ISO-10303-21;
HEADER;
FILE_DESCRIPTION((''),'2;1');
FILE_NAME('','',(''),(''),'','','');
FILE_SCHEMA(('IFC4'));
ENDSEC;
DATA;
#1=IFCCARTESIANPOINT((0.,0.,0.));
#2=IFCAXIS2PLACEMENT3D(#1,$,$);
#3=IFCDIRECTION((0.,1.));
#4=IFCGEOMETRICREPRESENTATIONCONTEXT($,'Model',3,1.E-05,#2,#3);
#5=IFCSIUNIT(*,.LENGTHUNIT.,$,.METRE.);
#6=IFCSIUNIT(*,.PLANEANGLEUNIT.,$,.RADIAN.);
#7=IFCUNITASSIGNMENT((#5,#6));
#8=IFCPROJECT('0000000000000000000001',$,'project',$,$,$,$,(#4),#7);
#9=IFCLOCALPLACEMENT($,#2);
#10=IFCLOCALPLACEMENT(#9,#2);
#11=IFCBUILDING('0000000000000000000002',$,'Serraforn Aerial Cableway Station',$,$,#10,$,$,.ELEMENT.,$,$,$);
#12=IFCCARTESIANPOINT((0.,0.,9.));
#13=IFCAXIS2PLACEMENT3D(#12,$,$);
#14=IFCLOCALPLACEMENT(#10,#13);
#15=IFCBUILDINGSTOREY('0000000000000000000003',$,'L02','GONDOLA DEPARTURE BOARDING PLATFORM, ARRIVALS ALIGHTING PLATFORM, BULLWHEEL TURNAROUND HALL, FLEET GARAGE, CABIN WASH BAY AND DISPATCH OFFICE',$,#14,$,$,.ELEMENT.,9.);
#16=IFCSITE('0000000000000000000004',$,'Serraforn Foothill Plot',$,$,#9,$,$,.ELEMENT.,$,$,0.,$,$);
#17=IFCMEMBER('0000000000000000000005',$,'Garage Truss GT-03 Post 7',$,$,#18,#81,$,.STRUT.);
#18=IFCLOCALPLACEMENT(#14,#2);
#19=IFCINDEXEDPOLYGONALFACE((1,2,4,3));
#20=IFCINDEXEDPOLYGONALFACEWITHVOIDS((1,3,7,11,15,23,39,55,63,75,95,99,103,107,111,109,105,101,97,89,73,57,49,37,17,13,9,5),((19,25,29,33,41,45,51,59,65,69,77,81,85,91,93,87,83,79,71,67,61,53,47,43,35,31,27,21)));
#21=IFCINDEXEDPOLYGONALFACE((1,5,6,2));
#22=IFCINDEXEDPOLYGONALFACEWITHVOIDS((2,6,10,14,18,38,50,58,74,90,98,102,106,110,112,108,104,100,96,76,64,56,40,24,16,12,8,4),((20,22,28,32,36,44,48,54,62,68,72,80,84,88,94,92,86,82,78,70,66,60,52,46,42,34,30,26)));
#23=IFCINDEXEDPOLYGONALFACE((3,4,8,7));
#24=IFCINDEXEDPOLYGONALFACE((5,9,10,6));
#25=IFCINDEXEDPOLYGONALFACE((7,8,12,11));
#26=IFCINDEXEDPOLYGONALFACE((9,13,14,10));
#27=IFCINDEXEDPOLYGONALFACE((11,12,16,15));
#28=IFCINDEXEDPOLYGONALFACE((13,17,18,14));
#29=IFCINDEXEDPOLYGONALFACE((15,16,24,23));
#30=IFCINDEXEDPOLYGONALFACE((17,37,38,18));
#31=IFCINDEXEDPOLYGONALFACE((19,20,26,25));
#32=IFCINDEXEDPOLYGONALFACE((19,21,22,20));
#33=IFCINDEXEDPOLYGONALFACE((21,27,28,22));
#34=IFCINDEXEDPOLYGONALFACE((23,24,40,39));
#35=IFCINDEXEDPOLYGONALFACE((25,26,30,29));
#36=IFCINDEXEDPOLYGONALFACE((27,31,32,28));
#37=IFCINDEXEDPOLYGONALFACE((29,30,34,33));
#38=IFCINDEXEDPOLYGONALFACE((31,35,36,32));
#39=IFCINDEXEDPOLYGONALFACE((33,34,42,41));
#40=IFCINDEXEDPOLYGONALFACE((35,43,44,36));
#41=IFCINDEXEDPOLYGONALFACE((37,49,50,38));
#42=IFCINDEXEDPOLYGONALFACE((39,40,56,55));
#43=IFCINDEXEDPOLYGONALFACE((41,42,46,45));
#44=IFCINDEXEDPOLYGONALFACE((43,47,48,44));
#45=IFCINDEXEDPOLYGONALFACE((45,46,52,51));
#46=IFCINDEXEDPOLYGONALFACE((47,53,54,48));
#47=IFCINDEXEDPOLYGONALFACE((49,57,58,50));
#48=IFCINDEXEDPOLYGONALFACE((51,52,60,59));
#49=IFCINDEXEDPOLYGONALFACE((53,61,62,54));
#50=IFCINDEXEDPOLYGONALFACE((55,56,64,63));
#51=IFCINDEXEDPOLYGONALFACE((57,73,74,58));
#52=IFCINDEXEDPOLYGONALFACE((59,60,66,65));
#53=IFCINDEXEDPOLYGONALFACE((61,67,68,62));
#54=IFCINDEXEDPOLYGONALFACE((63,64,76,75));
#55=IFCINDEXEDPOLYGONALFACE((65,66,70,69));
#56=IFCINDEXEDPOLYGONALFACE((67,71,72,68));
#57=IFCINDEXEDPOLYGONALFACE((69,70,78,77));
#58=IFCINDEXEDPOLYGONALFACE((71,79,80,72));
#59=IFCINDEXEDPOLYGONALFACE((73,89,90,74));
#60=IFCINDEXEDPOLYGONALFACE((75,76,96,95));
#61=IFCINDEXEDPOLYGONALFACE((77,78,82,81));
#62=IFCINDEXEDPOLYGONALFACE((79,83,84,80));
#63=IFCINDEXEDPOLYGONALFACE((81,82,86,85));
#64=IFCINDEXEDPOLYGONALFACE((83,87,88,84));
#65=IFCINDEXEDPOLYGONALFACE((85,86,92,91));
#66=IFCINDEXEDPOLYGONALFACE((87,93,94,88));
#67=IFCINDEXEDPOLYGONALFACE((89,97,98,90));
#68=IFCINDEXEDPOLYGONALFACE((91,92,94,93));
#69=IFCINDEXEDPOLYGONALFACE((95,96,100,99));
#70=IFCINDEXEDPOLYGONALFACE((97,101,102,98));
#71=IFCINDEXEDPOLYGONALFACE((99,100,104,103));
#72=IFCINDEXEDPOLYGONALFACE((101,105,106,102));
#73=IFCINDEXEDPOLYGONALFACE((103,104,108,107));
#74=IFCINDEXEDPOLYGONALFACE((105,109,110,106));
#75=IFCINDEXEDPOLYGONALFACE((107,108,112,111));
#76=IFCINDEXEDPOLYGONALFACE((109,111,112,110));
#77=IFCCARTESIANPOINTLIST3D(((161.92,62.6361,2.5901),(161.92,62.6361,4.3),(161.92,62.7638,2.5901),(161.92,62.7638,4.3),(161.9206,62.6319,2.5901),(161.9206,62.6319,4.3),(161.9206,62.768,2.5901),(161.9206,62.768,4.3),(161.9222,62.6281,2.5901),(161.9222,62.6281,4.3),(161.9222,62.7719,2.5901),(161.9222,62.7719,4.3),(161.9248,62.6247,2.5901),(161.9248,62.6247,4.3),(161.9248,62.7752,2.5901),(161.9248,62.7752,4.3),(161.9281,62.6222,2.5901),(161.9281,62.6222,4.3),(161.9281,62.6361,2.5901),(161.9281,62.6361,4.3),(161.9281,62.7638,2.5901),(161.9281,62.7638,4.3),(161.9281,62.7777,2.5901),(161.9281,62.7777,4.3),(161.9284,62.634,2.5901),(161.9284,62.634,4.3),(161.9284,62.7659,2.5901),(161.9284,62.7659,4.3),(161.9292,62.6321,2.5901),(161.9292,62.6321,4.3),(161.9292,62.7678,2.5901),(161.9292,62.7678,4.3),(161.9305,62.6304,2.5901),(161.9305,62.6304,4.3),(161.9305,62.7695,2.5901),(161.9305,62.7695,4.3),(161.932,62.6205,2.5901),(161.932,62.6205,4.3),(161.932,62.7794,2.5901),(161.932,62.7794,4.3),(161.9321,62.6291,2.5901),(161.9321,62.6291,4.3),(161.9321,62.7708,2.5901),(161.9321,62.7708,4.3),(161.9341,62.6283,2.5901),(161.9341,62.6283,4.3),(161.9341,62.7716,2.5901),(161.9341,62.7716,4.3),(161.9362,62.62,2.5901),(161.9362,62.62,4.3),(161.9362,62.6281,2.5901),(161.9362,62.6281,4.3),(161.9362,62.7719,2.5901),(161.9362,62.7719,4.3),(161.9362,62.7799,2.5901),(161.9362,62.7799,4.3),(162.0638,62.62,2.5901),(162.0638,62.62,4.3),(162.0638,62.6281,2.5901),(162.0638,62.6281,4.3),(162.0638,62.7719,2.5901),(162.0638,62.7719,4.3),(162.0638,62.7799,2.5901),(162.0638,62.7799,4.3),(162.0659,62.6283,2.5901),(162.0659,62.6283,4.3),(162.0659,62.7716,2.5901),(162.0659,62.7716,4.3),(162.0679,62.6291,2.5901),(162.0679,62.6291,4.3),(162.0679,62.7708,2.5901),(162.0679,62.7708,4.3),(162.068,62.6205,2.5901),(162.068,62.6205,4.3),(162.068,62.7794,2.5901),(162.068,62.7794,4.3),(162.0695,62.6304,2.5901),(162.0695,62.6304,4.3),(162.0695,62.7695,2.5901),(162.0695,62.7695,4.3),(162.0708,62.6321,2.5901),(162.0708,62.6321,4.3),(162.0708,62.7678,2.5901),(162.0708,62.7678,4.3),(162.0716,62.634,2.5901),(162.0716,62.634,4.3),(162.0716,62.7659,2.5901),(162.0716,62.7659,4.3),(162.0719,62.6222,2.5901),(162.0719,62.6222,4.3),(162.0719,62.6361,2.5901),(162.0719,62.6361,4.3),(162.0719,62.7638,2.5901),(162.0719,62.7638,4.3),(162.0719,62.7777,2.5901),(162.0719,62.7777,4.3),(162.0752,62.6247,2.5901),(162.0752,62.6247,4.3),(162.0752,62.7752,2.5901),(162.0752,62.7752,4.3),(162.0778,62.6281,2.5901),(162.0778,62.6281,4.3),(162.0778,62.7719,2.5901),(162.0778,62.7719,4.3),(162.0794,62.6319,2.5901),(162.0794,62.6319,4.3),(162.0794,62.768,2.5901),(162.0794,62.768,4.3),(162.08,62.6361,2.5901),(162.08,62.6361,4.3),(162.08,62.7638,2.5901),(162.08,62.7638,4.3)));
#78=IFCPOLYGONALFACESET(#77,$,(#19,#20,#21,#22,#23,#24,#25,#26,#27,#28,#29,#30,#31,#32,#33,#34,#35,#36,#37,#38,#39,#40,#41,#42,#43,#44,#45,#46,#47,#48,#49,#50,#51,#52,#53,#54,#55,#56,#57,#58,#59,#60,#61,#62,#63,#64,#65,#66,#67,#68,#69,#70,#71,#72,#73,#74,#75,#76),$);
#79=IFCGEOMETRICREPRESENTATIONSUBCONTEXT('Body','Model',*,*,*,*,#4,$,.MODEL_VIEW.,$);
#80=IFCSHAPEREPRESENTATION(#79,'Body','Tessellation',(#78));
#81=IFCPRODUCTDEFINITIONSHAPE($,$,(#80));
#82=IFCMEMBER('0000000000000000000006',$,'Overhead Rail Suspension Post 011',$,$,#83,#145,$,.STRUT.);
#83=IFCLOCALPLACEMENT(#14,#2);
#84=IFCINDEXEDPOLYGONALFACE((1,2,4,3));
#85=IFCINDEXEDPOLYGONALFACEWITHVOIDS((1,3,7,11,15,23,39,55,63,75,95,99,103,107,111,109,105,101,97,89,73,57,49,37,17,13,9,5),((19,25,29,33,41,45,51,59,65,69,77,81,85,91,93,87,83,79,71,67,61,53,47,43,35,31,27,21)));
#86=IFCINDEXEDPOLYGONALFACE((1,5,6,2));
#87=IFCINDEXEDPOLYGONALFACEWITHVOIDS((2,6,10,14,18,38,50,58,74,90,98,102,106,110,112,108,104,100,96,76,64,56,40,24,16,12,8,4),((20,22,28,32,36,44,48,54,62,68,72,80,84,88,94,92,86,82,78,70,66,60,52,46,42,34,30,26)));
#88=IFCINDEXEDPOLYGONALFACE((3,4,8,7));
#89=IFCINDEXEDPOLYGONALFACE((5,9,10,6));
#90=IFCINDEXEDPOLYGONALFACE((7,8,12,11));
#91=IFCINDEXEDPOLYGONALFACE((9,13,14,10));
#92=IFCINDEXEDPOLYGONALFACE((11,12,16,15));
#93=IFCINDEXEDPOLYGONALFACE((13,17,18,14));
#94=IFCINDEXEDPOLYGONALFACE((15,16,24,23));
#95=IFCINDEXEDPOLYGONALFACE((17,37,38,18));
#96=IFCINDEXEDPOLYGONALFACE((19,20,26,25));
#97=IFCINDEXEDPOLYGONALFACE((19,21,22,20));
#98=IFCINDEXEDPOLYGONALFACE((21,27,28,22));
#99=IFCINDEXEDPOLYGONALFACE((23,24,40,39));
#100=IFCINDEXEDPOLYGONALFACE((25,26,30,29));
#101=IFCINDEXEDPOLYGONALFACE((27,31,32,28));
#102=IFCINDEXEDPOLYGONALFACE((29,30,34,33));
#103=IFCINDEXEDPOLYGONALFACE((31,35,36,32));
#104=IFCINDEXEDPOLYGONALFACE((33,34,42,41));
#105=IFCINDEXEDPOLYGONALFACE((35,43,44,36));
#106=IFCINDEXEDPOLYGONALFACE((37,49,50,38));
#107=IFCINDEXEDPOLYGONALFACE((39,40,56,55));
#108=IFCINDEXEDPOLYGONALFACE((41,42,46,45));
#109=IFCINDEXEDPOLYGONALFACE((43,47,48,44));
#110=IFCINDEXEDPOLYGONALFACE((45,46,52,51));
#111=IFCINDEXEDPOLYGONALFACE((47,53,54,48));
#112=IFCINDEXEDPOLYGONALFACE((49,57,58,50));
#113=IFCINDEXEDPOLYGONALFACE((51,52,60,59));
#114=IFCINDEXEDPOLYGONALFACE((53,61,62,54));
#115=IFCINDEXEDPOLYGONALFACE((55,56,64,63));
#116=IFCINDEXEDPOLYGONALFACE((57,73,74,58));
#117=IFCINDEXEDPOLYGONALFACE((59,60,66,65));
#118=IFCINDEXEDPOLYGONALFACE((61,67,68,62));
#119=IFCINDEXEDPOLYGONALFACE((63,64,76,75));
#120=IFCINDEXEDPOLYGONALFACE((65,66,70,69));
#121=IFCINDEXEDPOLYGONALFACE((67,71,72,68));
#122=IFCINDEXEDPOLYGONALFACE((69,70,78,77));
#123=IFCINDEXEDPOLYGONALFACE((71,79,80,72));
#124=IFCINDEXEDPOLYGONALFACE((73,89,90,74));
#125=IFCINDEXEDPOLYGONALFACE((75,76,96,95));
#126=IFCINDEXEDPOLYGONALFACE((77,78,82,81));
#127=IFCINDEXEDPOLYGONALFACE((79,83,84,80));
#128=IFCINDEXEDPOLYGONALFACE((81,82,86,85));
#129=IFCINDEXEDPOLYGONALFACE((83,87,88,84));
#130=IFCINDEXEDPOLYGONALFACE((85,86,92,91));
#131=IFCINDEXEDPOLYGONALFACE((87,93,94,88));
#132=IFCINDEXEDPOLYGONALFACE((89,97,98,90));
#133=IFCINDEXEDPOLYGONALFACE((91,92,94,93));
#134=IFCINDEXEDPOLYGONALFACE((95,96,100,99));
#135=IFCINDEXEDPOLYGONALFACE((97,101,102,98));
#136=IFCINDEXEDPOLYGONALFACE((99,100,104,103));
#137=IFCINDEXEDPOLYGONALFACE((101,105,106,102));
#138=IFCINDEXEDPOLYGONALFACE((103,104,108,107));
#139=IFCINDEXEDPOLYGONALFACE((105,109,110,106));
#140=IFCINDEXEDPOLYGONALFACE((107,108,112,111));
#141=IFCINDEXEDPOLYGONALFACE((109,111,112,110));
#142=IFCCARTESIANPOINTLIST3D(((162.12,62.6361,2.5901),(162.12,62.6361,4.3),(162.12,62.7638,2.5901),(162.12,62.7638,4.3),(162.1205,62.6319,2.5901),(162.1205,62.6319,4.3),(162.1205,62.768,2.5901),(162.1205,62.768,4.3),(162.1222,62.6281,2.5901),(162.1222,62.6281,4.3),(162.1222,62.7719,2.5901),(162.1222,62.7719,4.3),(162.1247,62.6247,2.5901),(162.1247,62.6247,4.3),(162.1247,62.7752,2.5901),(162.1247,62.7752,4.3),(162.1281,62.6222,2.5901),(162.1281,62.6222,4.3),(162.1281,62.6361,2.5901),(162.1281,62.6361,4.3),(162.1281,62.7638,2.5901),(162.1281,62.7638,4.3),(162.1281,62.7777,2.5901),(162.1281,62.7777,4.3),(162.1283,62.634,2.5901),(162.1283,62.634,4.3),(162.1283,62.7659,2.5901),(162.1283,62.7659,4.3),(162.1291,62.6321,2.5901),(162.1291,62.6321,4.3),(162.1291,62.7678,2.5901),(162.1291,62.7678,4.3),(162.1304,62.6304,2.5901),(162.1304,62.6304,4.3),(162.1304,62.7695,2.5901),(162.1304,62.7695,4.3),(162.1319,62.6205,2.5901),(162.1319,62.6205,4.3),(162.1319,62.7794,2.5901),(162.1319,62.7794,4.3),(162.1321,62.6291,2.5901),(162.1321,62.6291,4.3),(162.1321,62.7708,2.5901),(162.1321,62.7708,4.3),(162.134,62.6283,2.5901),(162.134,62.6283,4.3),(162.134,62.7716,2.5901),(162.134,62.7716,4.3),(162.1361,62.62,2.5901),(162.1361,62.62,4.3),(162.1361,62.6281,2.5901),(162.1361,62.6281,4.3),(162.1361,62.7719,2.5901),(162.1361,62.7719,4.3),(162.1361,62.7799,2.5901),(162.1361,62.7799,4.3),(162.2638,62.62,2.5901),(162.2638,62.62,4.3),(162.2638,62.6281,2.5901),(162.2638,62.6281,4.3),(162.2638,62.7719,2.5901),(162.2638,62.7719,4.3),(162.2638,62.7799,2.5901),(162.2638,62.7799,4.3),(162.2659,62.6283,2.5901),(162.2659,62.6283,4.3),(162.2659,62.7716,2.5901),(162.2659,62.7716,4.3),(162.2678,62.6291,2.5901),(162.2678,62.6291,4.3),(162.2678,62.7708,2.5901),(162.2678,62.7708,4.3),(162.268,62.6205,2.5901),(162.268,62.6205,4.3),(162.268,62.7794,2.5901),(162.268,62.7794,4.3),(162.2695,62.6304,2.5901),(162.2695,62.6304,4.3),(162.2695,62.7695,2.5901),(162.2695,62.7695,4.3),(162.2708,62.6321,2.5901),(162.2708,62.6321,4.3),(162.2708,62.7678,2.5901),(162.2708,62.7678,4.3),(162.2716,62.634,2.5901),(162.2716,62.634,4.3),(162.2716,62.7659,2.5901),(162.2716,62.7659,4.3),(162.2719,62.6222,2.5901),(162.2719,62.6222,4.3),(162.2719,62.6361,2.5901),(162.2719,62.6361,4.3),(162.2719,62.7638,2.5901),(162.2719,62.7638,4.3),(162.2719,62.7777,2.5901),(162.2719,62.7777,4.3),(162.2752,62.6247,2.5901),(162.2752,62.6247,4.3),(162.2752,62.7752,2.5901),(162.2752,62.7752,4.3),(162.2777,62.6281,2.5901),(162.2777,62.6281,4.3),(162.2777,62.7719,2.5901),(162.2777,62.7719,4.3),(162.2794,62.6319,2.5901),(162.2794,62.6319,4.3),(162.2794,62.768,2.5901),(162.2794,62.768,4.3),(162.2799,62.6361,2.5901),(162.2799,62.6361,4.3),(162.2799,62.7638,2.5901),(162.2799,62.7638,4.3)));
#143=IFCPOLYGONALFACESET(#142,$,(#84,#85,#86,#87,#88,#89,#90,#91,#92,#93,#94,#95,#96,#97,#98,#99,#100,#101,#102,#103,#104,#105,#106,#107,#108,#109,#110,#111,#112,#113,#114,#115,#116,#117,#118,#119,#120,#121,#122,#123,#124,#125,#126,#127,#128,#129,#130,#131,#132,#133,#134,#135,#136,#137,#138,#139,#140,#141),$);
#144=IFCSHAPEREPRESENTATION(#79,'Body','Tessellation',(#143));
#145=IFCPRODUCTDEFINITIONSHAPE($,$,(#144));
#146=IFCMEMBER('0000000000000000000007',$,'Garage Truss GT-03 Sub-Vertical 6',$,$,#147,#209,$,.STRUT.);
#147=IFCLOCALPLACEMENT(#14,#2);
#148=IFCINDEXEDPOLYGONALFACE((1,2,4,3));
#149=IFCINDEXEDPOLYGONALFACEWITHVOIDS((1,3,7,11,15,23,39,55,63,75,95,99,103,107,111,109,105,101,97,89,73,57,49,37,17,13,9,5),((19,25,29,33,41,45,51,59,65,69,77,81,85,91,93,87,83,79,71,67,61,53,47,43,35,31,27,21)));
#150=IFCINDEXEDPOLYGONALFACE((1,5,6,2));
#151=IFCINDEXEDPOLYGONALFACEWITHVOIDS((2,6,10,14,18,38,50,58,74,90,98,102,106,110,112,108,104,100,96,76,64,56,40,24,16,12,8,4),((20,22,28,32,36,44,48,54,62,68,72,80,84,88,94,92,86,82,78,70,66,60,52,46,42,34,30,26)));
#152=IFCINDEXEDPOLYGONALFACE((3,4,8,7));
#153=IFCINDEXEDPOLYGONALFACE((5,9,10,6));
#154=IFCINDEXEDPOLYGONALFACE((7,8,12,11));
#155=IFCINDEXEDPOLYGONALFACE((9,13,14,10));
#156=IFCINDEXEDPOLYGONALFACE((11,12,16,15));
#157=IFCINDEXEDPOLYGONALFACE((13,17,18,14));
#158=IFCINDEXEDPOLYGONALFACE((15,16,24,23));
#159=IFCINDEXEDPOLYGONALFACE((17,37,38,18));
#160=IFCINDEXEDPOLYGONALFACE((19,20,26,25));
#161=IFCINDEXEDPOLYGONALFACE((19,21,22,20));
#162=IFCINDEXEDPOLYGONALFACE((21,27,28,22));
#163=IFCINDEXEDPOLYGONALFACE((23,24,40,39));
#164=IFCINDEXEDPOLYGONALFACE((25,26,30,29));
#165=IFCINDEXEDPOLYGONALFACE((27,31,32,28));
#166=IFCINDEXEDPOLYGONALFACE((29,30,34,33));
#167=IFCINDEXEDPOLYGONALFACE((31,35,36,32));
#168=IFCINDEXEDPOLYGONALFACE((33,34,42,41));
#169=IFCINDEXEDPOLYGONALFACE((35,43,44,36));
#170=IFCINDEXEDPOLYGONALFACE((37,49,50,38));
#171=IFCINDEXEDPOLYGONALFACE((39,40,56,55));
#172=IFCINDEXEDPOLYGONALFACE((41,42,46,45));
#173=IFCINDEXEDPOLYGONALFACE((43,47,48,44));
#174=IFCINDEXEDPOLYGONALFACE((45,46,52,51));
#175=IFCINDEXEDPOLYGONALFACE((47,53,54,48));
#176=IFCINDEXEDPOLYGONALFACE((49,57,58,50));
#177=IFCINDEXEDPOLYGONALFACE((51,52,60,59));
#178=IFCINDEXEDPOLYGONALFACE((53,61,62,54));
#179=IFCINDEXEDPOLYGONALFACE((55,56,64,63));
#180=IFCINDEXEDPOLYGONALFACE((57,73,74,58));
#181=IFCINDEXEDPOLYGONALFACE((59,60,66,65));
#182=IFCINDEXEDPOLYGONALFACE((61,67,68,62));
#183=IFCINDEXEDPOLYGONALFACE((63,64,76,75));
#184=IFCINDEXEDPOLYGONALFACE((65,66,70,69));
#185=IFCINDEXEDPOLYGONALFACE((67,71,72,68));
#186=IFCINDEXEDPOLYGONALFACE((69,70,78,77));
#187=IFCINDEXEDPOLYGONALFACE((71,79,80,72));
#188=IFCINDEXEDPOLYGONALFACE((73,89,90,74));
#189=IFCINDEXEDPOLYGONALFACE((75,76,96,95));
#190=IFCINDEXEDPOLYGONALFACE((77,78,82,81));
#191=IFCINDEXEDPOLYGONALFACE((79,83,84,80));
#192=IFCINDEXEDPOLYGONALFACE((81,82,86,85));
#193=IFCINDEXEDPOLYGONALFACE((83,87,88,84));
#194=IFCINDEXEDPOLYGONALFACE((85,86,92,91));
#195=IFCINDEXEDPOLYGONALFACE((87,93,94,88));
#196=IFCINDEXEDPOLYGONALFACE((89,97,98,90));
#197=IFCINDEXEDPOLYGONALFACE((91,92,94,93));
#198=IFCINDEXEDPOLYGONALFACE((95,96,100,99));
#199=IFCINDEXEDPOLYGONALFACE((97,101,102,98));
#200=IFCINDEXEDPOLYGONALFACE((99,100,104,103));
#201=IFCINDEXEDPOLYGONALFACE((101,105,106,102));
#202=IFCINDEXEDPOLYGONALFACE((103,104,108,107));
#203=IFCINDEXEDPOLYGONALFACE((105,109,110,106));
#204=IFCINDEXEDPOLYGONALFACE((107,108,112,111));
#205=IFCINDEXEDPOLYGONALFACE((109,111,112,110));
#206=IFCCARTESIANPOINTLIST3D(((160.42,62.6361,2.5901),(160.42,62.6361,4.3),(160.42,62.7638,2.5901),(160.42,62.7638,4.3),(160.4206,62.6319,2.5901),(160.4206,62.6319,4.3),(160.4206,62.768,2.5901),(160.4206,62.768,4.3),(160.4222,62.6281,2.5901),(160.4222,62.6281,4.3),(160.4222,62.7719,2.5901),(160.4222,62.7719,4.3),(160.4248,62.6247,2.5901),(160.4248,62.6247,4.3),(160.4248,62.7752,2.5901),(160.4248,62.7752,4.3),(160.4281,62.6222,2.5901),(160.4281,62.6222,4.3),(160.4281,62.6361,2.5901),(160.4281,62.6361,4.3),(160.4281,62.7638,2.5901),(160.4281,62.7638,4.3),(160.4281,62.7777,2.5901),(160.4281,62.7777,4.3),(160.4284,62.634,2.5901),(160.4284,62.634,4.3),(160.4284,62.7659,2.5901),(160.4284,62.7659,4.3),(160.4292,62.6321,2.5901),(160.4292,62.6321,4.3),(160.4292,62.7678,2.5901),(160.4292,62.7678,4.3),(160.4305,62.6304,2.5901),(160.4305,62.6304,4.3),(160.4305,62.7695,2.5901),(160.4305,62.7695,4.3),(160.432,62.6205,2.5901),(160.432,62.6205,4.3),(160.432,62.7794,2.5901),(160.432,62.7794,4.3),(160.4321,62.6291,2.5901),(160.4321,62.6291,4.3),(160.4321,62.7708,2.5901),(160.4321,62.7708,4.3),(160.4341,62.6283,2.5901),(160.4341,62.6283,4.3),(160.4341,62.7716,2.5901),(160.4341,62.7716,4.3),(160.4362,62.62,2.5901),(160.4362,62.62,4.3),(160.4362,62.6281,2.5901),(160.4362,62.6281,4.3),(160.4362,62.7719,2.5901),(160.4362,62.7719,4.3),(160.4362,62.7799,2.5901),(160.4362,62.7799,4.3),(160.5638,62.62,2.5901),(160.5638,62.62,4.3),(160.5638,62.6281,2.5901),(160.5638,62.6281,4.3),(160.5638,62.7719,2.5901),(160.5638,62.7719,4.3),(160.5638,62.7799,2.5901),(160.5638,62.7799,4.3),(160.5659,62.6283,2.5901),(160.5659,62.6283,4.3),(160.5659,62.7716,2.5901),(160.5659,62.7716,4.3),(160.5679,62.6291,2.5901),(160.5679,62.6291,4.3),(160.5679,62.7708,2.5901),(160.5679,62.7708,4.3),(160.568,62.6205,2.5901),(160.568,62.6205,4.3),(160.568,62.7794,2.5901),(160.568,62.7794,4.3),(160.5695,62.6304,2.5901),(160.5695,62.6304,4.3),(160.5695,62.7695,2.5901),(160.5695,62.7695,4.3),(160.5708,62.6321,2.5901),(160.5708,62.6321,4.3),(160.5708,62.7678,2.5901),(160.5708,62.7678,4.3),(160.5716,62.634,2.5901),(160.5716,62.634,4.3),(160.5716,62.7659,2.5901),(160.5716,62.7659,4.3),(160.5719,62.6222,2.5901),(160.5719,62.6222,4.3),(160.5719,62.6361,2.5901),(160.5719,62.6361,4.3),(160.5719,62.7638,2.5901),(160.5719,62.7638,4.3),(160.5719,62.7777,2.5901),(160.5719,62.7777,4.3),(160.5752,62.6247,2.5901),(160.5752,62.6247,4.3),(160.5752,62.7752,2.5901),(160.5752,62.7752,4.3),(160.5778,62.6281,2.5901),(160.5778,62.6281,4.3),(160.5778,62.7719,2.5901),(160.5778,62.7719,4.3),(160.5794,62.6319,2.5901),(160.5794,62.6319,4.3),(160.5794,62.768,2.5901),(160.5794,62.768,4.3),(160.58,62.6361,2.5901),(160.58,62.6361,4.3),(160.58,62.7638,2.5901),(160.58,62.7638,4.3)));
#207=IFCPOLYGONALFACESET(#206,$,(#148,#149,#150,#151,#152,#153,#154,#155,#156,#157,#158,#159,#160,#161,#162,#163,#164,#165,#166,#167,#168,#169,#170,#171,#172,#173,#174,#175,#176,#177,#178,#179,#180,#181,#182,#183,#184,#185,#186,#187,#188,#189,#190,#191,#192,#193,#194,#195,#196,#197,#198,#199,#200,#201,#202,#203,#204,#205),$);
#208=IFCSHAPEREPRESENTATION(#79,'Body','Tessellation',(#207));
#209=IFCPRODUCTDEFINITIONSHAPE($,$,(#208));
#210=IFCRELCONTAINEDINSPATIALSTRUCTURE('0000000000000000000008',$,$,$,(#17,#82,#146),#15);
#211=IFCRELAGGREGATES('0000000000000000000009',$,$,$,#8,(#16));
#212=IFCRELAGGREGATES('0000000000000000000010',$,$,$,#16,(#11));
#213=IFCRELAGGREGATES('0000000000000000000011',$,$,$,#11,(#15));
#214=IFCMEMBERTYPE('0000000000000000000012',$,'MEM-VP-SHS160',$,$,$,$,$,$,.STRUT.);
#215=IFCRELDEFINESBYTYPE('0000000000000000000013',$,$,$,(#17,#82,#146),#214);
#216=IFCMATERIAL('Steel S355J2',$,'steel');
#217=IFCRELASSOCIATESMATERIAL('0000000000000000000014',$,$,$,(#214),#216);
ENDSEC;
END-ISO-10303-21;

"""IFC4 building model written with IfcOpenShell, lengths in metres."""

from ifc_helpers import new_model, si_unit, direction, frame, origin, origin_2d, place, context, subcontext, project, spatial, hollow_rectangle, extrude, material, material_profile, profile_set, type_object, element, save


model = new_model("IFC4")

# Units and contexts
model_context = context("Model", 3, precision=1e-05, world=origin(), true_north=direction((0.0, 1.0)))
body_context = subcontext(model_context, "Body", "Model", "MODEL_VIEW")
ifc_project = project(units=[si_unit("LENGTHUNIT", "METRE"), si_unit("PLANEANGLEUNIT", "RADIAN")], contexts=[model_context])

# Site, building, storey
site_placement = place(None, origin())
site = spatial("IfcSite", under=ifc_project, at=site_placement, Name="Serraforn Foothill Plot", CompositionType="ELEMENT", RefElevation=0.0)
building_placement = place(site_placement, origin())
building = spatial("IfcBuilding", under=site, at=building_placement, Name="Serraforn Aerial Cableway Station", CompositionType="ELEMENT")
storey_placement = place(building_placement, frame((0.0, 0.0, 9.0)))
storey = spatial("IfcBuildingStorey", under=building, at=storey_placement, Name="L02", Description="GONDOLA DEPARTURE BOARDING PLATFORM, ARRIVALS ALIGHTING PLATFORM, BULLWHEEL TURNAROUND HALL, FLEET GARAGE, CABIN WASH BAY AND DISPATCH OFFICE", CompositionType="ELEMENT", Elevation=9.0)

# Members
ifc_material_1 = material(Name="Steel S355J2", Category="steel")
ifc_material_profile_1 = material_profile(ifc_material_1, hollow_rectangle(XDim=0.1599, YDim=0.1599, WallThickness=0.0081, InnerFilletRadius=0.0081, OuterFilletRadius=0.0161, at=origin_2d()), Name="SHS 160x160x8.0")
ifc_profile_set_1 = profile_set([ifc_material_profile_1], Name="Steel S355J2")
member_type_1 = type_object("IfcMemberType", Name="MEM-VP-SHS160", PredefinedType="STRUT", material=ifc_profile_set_1)
for number, where, z_axis, x_axis, name in (
    (1, (162.0, 62.7, 2.5901), (0.0, 0.0, 1.0), (1.0, 0.0, 0.0), "Garage Truss GT-03 Post 7"),
    (2, (162.2, 62.7, 2.5901), (0.0, 0.0, 1.0), (1.0, 0.0, 0.0), "Overhead Rail Suspension Post 011"),
    (3, (160.5, 62.7, 2.5901), (0.0, 0.0, 1.0), (1.0, 0.0, 0.0), "Garage Truss GT-03 Sub-Vertical 6"),
):
    element("IfcMember", number, at=place(storey_placement, frame(where, z_axis=z_axis, x_axis=x_axis)), inside=storey, type_object=member_type_1, Name=name, PredefinedType="STRUT", context=body_context, shape_type="SweptSolid", body=[
        extrude(hollow_rectangle(XDim=0.1599, YDim=0.1599, WallThickness=0.0081, InnerFilletRadius=0.0081, OuterFilletRadius=0.0161, at=origin_2d()), origin(), (0.0, 0.0, 1.0), 1.71),
    ])

save(model, "model.ifc")
